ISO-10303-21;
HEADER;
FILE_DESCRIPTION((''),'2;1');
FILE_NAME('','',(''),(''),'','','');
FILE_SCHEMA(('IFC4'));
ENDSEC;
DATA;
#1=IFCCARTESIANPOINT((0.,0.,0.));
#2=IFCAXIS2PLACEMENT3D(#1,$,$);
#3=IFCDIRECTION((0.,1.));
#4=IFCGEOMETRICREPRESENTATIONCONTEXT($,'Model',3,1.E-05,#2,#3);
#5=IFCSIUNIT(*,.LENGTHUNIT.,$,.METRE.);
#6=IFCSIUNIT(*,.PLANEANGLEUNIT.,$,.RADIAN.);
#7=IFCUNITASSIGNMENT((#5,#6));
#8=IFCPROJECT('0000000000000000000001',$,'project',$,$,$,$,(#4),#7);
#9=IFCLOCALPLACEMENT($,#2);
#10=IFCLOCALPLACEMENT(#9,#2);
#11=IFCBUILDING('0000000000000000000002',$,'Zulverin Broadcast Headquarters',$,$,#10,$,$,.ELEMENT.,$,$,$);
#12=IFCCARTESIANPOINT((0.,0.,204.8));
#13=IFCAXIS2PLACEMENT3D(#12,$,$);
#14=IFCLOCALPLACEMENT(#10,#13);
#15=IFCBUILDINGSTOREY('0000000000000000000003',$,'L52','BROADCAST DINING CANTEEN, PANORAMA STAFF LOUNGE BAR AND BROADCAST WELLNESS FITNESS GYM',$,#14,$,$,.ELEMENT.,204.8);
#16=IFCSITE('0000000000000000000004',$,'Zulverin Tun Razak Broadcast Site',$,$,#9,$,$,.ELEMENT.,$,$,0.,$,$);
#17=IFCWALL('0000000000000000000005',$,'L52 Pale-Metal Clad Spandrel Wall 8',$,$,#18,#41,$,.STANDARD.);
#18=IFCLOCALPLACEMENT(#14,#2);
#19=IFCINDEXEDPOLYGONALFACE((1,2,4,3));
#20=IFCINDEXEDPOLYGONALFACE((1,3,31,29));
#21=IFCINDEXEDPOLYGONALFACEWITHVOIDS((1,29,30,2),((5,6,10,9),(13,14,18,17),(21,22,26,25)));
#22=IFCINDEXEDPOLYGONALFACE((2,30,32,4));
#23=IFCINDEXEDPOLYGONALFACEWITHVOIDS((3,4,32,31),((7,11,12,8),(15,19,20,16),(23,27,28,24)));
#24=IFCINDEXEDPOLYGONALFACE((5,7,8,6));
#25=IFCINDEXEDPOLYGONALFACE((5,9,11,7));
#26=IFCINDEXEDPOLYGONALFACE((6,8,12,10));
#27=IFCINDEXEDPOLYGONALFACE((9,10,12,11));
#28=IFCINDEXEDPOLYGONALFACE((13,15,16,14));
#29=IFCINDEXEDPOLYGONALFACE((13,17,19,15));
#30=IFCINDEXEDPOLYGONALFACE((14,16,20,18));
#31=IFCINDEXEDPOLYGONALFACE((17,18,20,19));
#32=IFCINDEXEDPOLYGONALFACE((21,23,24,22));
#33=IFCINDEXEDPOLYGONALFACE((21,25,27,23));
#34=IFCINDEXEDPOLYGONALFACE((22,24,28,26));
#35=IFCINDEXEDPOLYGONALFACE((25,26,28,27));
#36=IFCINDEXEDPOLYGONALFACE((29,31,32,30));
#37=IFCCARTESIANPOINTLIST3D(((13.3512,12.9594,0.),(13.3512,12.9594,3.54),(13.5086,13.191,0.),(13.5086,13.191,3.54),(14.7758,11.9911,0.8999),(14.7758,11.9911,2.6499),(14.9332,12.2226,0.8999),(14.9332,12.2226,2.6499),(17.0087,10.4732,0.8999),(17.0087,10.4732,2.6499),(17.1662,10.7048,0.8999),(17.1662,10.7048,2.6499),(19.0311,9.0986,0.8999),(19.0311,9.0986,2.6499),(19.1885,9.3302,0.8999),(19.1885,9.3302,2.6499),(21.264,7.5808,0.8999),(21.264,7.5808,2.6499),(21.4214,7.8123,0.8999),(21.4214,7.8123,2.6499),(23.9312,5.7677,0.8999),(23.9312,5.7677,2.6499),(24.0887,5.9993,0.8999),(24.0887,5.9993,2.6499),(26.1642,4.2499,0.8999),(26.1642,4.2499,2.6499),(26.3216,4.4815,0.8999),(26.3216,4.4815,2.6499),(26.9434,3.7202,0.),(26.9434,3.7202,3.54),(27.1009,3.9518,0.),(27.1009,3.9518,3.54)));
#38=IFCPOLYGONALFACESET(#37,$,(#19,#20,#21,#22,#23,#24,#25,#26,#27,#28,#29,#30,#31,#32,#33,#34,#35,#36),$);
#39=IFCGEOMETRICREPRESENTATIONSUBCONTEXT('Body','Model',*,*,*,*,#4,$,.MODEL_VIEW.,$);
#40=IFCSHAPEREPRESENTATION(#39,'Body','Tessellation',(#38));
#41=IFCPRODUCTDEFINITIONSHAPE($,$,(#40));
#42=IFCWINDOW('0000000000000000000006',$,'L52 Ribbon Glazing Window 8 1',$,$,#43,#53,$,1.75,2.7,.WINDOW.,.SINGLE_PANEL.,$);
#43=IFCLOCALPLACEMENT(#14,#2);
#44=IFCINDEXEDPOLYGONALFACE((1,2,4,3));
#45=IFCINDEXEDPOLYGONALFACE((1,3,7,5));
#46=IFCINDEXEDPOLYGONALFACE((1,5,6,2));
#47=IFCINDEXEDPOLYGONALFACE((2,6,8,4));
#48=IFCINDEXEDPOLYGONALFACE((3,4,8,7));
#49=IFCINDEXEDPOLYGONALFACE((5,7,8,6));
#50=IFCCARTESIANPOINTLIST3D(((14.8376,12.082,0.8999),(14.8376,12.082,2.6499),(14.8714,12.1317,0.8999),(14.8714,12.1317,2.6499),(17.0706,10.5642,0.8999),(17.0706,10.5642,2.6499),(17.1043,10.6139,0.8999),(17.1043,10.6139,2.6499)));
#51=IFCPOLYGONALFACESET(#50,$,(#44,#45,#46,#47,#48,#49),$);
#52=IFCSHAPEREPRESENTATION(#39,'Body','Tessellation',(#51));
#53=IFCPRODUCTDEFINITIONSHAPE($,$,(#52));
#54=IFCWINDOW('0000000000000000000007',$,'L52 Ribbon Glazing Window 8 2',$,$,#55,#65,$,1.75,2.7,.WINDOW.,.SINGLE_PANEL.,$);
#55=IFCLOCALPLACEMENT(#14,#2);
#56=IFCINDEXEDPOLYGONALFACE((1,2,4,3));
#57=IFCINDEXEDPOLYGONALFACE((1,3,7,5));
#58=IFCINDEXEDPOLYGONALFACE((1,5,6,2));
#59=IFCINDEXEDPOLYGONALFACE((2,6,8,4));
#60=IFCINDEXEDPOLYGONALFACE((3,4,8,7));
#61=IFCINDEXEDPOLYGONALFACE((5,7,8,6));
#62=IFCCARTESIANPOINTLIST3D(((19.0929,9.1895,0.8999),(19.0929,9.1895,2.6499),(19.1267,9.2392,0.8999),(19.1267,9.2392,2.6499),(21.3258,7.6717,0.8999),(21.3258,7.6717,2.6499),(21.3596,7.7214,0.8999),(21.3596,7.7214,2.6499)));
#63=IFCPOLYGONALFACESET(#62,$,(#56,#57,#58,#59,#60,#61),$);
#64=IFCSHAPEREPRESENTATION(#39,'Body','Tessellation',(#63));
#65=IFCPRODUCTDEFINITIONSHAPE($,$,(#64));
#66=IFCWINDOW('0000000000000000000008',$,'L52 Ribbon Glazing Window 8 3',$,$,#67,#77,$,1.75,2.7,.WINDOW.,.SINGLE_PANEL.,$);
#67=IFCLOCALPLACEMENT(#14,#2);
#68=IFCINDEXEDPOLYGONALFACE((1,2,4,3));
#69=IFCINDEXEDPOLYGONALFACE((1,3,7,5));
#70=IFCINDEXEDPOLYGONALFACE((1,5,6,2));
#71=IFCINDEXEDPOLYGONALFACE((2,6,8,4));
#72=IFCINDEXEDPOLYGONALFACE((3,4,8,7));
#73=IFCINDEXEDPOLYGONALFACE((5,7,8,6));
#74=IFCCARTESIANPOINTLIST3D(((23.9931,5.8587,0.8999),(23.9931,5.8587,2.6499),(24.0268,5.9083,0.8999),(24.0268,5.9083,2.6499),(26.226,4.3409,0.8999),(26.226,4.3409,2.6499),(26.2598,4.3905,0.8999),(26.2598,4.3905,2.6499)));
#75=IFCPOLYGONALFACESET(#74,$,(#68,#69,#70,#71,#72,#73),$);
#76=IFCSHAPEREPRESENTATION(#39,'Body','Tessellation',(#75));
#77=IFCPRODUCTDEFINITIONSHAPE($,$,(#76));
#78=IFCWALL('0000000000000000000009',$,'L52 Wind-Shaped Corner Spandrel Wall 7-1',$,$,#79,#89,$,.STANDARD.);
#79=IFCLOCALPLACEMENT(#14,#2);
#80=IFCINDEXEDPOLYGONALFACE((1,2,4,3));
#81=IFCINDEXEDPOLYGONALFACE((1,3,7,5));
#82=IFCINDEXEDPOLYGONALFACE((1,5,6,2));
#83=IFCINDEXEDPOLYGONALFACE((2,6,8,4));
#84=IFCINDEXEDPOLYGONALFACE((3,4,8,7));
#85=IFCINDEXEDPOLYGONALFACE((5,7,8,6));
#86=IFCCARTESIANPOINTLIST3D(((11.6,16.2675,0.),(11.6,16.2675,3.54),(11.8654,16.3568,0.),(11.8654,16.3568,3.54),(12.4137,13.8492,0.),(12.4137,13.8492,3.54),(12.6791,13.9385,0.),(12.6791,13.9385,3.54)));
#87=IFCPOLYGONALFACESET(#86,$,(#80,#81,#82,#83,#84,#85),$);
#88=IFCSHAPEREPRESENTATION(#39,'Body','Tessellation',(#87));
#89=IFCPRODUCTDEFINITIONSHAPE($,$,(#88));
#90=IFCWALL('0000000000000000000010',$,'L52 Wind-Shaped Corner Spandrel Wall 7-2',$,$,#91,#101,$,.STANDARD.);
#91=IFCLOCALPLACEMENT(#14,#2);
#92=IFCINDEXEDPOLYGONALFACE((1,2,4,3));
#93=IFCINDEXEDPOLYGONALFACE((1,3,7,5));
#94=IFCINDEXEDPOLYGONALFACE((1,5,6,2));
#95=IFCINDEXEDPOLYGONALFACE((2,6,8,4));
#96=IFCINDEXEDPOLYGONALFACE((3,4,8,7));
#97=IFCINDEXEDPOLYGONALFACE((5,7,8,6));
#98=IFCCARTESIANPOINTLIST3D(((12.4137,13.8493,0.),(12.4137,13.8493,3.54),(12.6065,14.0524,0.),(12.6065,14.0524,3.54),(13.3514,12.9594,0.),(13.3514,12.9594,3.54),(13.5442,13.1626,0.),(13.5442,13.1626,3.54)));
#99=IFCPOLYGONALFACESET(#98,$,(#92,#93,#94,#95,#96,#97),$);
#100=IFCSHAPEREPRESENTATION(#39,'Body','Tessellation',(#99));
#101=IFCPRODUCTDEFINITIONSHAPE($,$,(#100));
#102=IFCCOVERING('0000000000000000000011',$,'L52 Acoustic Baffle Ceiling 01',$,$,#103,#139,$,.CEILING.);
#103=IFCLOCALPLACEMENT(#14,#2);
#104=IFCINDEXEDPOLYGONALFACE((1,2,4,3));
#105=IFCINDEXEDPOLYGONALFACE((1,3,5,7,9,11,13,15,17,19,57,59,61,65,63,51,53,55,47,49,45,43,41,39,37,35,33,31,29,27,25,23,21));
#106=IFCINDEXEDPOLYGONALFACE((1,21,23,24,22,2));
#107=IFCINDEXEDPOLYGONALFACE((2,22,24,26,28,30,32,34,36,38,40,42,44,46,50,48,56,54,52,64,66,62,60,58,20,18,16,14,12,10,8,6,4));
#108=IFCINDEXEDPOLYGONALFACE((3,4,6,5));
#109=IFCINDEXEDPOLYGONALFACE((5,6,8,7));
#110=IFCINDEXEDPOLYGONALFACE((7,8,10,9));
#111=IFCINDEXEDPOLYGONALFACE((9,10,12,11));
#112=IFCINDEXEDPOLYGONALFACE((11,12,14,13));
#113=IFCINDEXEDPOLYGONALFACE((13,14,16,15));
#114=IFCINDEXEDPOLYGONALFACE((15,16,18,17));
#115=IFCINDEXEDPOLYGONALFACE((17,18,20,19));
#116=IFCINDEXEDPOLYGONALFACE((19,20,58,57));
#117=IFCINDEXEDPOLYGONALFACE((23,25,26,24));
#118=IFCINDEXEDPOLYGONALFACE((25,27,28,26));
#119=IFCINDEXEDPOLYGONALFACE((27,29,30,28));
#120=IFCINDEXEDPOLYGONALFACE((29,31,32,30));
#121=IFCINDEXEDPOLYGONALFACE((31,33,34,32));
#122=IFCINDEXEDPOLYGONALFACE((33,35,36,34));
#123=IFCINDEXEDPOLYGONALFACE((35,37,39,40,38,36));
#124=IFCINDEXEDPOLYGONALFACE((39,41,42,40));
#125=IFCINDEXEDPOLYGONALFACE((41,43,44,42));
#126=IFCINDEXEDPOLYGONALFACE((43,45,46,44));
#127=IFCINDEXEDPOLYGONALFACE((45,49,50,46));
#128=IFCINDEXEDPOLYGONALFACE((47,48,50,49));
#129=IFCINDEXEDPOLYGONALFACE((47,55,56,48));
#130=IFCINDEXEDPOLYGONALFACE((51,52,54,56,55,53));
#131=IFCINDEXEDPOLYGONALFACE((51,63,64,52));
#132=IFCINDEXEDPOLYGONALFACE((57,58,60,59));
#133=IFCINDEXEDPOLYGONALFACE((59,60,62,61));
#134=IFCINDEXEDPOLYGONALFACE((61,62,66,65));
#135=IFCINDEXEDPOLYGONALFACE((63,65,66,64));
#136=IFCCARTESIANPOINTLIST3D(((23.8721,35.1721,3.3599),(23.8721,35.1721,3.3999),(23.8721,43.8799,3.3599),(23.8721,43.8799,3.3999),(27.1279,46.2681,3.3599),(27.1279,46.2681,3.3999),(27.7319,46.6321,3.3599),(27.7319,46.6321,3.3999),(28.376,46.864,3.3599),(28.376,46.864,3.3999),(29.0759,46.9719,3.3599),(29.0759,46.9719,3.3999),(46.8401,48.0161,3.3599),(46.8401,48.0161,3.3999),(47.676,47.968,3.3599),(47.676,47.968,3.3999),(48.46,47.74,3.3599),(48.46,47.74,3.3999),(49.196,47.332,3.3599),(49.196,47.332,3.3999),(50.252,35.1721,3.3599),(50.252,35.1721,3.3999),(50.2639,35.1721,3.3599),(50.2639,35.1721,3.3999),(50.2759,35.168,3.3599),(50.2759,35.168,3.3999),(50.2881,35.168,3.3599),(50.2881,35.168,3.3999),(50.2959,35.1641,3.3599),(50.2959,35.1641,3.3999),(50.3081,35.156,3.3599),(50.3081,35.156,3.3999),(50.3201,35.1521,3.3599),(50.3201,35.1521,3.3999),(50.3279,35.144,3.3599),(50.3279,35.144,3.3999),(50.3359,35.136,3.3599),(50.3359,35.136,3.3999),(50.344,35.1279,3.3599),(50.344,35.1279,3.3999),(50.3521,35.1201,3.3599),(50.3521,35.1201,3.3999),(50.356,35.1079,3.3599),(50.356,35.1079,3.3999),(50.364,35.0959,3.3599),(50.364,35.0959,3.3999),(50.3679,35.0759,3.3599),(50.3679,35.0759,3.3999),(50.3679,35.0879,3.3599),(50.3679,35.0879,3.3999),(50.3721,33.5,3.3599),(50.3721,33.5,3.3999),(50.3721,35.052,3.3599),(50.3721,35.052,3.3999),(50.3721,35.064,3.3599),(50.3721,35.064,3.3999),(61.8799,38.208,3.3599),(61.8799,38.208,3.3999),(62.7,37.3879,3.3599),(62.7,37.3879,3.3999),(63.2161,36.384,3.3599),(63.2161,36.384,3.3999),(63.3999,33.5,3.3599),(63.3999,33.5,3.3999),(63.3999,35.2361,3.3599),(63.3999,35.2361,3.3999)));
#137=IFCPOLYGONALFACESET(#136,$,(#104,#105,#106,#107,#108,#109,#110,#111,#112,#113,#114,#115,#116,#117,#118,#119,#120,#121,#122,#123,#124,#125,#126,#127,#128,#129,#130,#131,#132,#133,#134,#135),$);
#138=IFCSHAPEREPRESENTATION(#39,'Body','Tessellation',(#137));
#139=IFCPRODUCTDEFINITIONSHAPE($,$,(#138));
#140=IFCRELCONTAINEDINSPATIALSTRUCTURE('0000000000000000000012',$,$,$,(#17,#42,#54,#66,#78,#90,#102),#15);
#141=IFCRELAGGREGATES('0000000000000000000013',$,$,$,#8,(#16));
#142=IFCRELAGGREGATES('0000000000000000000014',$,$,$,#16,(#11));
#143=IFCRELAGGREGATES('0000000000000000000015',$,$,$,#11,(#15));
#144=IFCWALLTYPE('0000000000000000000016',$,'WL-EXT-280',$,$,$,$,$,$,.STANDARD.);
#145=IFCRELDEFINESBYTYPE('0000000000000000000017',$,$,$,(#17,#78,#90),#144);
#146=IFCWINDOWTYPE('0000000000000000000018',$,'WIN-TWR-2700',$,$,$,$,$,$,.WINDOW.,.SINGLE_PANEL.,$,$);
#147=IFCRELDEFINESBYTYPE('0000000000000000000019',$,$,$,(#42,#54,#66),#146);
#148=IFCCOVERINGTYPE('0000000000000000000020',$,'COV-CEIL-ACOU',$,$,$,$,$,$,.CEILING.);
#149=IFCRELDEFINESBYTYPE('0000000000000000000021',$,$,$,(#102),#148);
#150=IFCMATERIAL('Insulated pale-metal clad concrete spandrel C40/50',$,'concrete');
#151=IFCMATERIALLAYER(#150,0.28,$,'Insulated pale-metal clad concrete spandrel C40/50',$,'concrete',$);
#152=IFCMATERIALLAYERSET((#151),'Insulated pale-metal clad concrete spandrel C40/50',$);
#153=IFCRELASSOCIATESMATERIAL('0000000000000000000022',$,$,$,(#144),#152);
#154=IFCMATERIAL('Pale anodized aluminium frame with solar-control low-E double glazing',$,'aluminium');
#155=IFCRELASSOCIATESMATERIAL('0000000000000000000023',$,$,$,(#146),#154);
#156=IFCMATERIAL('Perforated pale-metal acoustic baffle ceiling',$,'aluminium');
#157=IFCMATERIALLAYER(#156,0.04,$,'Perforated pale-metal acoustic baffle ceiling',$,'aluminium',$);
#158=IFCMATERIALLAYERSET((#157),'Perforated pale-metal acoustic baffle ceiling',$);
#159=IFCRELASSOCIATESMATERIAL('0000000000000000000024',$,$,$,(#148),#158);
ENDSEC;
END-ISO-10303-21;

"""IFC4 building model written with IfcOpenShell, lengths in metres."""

from ifc_helpers import new_model, si_unit, direction, frame, frame_2d, origin, place, context, subcontext, project, spatial, polyline, rectangle, outline, extrude, material, layer, layer_set, type_object, element, fill, save


model = new_model("IFC4")

# Units and contexts
model_context = context("Model", 3, precision=1e-05, world=origin(), true_north=direction((0.0, 1.0)))
body_context = subcontext(model_context, "Body", "Model", "MODEL_VIEW")
ifc_project = project(units=[si_unit("LENGTHUNIT", "METRE"), si_unit("PLANEANGLEUNIT", "RADIAN")], contexts=[model_context])

# Site, building, storey
site_placement = place(None, origin())
site = spatial("IfcSite", under=ifc_project, at=site_placement, Name="Zulverin Tun Razak Broadcast Site", CompositionType="ELEMENT", RefElevation=0.0)
building_placement = place(site_placement, origin())
building = spatial("IfcBuilding", under=site, at=building_placement, Name="Zulverin Broadcast Headquarters", CompositionType="ELEMENT")
storey_placement = place(building_placement, frame((0.0, 0.0, 204.8)))
storey = spatial("IfcBuildingStorey", under=building, at=storey_placement, Name="L52", Description="BROADCAST DINING CANTEEN, PANORAMA STAFF LOUNGE BAR AND BROADCAST WELLNESS FITNESS GYM", CompositionType="ELEMENT", Elevation=204.8)

# Wall, openings, windows
ifc_material_1 = material(Name="Insulated pale-metal clad concrete spandrel C40/50", Category="concrete")
ifc_layer_1 = layer(ifc_material_1, 0.28, Name="Insulated pale-metal clad concrete spandrel C40/50", Category="concrete")
ifc_layer_set_1 = layer_set([ifc_layer_1], Name="Insulated pale-metal clad concrete spandrel C40/50")
wall_type = type_object("IfcWallType", Name="WL-EXT-280", PredefinedType="STANDARD", material=ifc_layer_set_1)
wall_1_placement = place(storey_placement, frame((13.4299, 13.0752, 0.0), z_axis=(0.0, 0.0, 1.0), x_axis=(0.827025, -0.562165, 0.0)))
wall_1 = element("IfcWall", 1, at=wall_1_placement, inside=storey, type_object=wall_type, Name="L52 Pale-Metal Clad Spandrel Wall 8", PredefinedType="STANDARD", context=body_context, shape_type="SweptSolid", body=[
    extrude(rectangle(XDim=16.4351, YDim=0.28, at=frame_2d((8.2175, 0.0))), origin(), (0.0, 0.0, 1.0), 3.54),
])
opening_1_placement = place(wall_1_placement, frame((1.7224, 0.0, 0.8999)))
opening_1 = element("IfcOpeningElement", 2, at=opening_1_placement, cuts=wall_1, PredefinedType="OPENING", context=body_context, shape_type="SweptSolid", body=[
    extrude(rectangle(XDim=2.7, YDim=1.75, at=frame_2d((1.3501, 0.875))), frame((0.0, 0.1499, 0.0), z_axis=(0.0, -1.0, 0.0), x_axis=(1.0, 0.0, 0.0)), (0.0, 0.0, 1.0), 0.3),
])
opening_2_placement = place(wall_1_placement, frame((6.8677, 0.0, 0.8999)))
opening_2 = element("IfcOpeningElement", 3, at=opening_2_placement, cuts=wall_1, PredefinedType="OPENING", context=body_context, shape_type="SweptSolid", body=[
    extrude(rectangle(XDim=2.7, YDim=1.75, at=frame_2d((1.3501, 0.875))), frame((0.0, 0.1499, 0.0), z_axis=(0.0, -1.0, 0.0), x_axis=(1.0, 0.0, 0.0)), (0.0, 0.0, 1.0), 0.3),
])
opening_3_placement = place(wall_1_placement, frame((12.7927, 0.0, 0.8999)))
opening_3 = element("IfcOpeningElement", 4, at=opening_3_placement, cuts=wall_1, PredefinedType="OPENING", context=body_context, shape_type="SweptSolid", body=[
    extrude(rectangle(XDim=2.7, YDim=1.75, at=frame_2d((1.3501, 0.875))), frame((0.0, 0.1499, 0.0), z_axis=(0.0, -1.0, 0.0), x_axis=(1.0, 0.0, 0.0)), (0.0, 0.0, 1.0), 0.3),
])
ifc_material_2 = material(Name="Pale anodized aluminium frame with solar-control low-E double glazing", Category="aluminium")
window_type = type_object("IfcWindowType", Name="WIN-TWR-2700", PartitioningType="SINGLE_PANEL", PredefinedType="WINDOW", material=ifc_material_2)
window_1_placement = place(opening_1_placement, origin())
window_1 = element("IfcWindow", 5, at=window_1_placement, inside=storey, type_object=window_type, Name="L52 Ribbon Glazing Window 8 1", OverallHeight=1.75, OverallWidth=2.7, PartitioningType="SINGLE_PANEL", PredefinedType="WINDOW", context=body_context, shape_type="SweptSolid", body=[
    extrude(rectangle(XDim=2.7, YDim=1.75, at=frame_2d((1.3501, 0.875))), frame((0.0, 0.03, 0.0), z_axis=(0.0, -1.0, 0.0), x_axis=(1.0, 0.0, 0.0)), (0.0, 0.0, 1.0), 0.0601),
])
fill(opening_1, window_1)
window_2_placement = place(opening_2_placement, origin())
window_2 = element("IfcWindow", 6, at=window_2_placement, inside=storey, type_object=window_type, Name="L52 Ribbon Glazing Window 8 2", OverallHeight=1.75, OverallWidth=2.7, PartitioningType="SINGLE_PANEL", PredefinedType="WINDOW", context=body_context, shape_type="SweptSolid", body=[
    extrude(rectangle(XDim=2.7, YDim=1.75, at=frame_2d((1.3501, 0.875))), frame((0.0, 0.03, 0.0), z_axis=(0.0, -1.0, 0.0), x_axis=(1.0, 0.0, 0.0)), (0.0, 0.0, 1.0), 0.0601),
])
fill(opening_2, window_2)
window_3_placement = place(opening_3_placement, origin())
window_3 = element("IfcWindow", 7, at=window_3_placement, inside=storey, type_object=window_type, Name="L52 Ribbon Glazing Window 8 3", OverallHeight=1.75, OverallWidth=2.7, PartitioningType="SINGLE_PANEL", PredefinedType="WINDOW", context=body_context, shape_type="SweptSolid", body=[
    extrude(rectangle(XDim=2.7, YDim=1.75, at=frame_2d((1.3501, 0.875))), frame((0.0, 0.03, 0.0), z_axis=(0.0, -1.0, 0.0), x_axis=(1.0, 0.0, 0.0)), (0.0, 0.0, 1.0), 0.0601),
])
fill(opening_3, window_3)

# Walls
wall_2_placement = place(storey_placement, frame((11.7327, 16.3123, 0.0), z_axis=(0.0, 0.0, 1.0), x_axis=(0.318925, -0.94778, 0.0)))
element("IfcWall", 8, at=wall_2_placement, inside=storey, type_object=wall_type, Name="L52 Wind-Shaped Corner Spandrel Wall 7-1", PredefinedType="STANDARD", context=body_context, shape_type="SweptSolid", body=[
    extrude(rectangle(XDim=2.5515, YDim=0.28, at=frame_2d((1.2759, 0.0))), origin(), (0.0, 0.0, 1.0), 3.54),
])
wall_3_placement = place(storey_placement, frame((12.51, 13.9509, 0.0), z_axis=(0.0, 0.0, 1.0), x_axis=(0.725372, -0.688357, 0.0)))
element("IfcWall", 9, at=wall_3_placement, inside=storey, type_object=wall_type, Name="L52 Wind-Shaped Corner Spandrel Wall 7-2", PredefinedType="STANDARD", context=body_context, shape_type="SweptSolid", body=[
    extrude(rectangle(XDim=1.2927, YDim=0.28, at=frame_2d((0.6465, 0.0))), origin(), (0.0, 0.0, 1.0), 3.54),
])

# Covering
ifc_material_3 = material(Name="Perforated pale-metal acoustic baffle ceiling", Category="aluminium")
ifc_layer_2 = layer(ifc_material_3, 0.04, Name="Perforated pale-metal acoustic baffle ceiling", Category="aluminium")
ifc_layer_set_2 = layer_set([ifc_layer_2], Name="Perforated pale-metal acoustic baffle ceiling")
covering_type = type_object("IfcCoveringType", Name="COV-CEIL-ACOU", PredefinedType="CEILING", material=ifc_layer_set_2)
covering_1_placement = place(storey_placement, frame((0.0, 0.0, 3.3599)))
element("IfcCovering", 10, at=covering_1_placement, inside=storey, type_object=covering_type, Name="L52 Acoustic Baffle Ceiling 01", PredefinedType="CEILING", context=body_context, shape_type="SweptSolid", body=[
    extrude(outline(polyline([(47.676, 47.968), (46.8401, 48.0161), (29.0759, 46.9719), (28.376, 46.864), (27.7319, 46.6321), (27.1279, 46.2681), (23.8721, 43.8799), (23.8721, 35.1721), (50.252, 35.1721), (50.2639, 35.1721), (50.2759, 35.168), (50.2881, 35.168), (50.2959, 35.1641), (50.3081, 35.156), (50.3201, 35.1521), (50.3279, 35.144), (50.3359, 35.136), (50.344, 35.1279), (50.3521, 35.1201), (50.356, 35.1079), (50.364, 35.0959), (50.3679, 35.0879), (50.3679, 35.0759), (50.3721, 35.064), (50.3721, 35.052), (50.3721, 33.5), (63.3999, 33.5), (63.3999, 35.2361), (63.2161, 36.384), (62.7, 37.3879), (61.8799, 38.208), (49.196, 47.332), (48.46, 47.74), (47.676, 47.968)])), origin(), (0.0, 0.0, 1.0), 0.04),
])

save(model, "model.ifc")
